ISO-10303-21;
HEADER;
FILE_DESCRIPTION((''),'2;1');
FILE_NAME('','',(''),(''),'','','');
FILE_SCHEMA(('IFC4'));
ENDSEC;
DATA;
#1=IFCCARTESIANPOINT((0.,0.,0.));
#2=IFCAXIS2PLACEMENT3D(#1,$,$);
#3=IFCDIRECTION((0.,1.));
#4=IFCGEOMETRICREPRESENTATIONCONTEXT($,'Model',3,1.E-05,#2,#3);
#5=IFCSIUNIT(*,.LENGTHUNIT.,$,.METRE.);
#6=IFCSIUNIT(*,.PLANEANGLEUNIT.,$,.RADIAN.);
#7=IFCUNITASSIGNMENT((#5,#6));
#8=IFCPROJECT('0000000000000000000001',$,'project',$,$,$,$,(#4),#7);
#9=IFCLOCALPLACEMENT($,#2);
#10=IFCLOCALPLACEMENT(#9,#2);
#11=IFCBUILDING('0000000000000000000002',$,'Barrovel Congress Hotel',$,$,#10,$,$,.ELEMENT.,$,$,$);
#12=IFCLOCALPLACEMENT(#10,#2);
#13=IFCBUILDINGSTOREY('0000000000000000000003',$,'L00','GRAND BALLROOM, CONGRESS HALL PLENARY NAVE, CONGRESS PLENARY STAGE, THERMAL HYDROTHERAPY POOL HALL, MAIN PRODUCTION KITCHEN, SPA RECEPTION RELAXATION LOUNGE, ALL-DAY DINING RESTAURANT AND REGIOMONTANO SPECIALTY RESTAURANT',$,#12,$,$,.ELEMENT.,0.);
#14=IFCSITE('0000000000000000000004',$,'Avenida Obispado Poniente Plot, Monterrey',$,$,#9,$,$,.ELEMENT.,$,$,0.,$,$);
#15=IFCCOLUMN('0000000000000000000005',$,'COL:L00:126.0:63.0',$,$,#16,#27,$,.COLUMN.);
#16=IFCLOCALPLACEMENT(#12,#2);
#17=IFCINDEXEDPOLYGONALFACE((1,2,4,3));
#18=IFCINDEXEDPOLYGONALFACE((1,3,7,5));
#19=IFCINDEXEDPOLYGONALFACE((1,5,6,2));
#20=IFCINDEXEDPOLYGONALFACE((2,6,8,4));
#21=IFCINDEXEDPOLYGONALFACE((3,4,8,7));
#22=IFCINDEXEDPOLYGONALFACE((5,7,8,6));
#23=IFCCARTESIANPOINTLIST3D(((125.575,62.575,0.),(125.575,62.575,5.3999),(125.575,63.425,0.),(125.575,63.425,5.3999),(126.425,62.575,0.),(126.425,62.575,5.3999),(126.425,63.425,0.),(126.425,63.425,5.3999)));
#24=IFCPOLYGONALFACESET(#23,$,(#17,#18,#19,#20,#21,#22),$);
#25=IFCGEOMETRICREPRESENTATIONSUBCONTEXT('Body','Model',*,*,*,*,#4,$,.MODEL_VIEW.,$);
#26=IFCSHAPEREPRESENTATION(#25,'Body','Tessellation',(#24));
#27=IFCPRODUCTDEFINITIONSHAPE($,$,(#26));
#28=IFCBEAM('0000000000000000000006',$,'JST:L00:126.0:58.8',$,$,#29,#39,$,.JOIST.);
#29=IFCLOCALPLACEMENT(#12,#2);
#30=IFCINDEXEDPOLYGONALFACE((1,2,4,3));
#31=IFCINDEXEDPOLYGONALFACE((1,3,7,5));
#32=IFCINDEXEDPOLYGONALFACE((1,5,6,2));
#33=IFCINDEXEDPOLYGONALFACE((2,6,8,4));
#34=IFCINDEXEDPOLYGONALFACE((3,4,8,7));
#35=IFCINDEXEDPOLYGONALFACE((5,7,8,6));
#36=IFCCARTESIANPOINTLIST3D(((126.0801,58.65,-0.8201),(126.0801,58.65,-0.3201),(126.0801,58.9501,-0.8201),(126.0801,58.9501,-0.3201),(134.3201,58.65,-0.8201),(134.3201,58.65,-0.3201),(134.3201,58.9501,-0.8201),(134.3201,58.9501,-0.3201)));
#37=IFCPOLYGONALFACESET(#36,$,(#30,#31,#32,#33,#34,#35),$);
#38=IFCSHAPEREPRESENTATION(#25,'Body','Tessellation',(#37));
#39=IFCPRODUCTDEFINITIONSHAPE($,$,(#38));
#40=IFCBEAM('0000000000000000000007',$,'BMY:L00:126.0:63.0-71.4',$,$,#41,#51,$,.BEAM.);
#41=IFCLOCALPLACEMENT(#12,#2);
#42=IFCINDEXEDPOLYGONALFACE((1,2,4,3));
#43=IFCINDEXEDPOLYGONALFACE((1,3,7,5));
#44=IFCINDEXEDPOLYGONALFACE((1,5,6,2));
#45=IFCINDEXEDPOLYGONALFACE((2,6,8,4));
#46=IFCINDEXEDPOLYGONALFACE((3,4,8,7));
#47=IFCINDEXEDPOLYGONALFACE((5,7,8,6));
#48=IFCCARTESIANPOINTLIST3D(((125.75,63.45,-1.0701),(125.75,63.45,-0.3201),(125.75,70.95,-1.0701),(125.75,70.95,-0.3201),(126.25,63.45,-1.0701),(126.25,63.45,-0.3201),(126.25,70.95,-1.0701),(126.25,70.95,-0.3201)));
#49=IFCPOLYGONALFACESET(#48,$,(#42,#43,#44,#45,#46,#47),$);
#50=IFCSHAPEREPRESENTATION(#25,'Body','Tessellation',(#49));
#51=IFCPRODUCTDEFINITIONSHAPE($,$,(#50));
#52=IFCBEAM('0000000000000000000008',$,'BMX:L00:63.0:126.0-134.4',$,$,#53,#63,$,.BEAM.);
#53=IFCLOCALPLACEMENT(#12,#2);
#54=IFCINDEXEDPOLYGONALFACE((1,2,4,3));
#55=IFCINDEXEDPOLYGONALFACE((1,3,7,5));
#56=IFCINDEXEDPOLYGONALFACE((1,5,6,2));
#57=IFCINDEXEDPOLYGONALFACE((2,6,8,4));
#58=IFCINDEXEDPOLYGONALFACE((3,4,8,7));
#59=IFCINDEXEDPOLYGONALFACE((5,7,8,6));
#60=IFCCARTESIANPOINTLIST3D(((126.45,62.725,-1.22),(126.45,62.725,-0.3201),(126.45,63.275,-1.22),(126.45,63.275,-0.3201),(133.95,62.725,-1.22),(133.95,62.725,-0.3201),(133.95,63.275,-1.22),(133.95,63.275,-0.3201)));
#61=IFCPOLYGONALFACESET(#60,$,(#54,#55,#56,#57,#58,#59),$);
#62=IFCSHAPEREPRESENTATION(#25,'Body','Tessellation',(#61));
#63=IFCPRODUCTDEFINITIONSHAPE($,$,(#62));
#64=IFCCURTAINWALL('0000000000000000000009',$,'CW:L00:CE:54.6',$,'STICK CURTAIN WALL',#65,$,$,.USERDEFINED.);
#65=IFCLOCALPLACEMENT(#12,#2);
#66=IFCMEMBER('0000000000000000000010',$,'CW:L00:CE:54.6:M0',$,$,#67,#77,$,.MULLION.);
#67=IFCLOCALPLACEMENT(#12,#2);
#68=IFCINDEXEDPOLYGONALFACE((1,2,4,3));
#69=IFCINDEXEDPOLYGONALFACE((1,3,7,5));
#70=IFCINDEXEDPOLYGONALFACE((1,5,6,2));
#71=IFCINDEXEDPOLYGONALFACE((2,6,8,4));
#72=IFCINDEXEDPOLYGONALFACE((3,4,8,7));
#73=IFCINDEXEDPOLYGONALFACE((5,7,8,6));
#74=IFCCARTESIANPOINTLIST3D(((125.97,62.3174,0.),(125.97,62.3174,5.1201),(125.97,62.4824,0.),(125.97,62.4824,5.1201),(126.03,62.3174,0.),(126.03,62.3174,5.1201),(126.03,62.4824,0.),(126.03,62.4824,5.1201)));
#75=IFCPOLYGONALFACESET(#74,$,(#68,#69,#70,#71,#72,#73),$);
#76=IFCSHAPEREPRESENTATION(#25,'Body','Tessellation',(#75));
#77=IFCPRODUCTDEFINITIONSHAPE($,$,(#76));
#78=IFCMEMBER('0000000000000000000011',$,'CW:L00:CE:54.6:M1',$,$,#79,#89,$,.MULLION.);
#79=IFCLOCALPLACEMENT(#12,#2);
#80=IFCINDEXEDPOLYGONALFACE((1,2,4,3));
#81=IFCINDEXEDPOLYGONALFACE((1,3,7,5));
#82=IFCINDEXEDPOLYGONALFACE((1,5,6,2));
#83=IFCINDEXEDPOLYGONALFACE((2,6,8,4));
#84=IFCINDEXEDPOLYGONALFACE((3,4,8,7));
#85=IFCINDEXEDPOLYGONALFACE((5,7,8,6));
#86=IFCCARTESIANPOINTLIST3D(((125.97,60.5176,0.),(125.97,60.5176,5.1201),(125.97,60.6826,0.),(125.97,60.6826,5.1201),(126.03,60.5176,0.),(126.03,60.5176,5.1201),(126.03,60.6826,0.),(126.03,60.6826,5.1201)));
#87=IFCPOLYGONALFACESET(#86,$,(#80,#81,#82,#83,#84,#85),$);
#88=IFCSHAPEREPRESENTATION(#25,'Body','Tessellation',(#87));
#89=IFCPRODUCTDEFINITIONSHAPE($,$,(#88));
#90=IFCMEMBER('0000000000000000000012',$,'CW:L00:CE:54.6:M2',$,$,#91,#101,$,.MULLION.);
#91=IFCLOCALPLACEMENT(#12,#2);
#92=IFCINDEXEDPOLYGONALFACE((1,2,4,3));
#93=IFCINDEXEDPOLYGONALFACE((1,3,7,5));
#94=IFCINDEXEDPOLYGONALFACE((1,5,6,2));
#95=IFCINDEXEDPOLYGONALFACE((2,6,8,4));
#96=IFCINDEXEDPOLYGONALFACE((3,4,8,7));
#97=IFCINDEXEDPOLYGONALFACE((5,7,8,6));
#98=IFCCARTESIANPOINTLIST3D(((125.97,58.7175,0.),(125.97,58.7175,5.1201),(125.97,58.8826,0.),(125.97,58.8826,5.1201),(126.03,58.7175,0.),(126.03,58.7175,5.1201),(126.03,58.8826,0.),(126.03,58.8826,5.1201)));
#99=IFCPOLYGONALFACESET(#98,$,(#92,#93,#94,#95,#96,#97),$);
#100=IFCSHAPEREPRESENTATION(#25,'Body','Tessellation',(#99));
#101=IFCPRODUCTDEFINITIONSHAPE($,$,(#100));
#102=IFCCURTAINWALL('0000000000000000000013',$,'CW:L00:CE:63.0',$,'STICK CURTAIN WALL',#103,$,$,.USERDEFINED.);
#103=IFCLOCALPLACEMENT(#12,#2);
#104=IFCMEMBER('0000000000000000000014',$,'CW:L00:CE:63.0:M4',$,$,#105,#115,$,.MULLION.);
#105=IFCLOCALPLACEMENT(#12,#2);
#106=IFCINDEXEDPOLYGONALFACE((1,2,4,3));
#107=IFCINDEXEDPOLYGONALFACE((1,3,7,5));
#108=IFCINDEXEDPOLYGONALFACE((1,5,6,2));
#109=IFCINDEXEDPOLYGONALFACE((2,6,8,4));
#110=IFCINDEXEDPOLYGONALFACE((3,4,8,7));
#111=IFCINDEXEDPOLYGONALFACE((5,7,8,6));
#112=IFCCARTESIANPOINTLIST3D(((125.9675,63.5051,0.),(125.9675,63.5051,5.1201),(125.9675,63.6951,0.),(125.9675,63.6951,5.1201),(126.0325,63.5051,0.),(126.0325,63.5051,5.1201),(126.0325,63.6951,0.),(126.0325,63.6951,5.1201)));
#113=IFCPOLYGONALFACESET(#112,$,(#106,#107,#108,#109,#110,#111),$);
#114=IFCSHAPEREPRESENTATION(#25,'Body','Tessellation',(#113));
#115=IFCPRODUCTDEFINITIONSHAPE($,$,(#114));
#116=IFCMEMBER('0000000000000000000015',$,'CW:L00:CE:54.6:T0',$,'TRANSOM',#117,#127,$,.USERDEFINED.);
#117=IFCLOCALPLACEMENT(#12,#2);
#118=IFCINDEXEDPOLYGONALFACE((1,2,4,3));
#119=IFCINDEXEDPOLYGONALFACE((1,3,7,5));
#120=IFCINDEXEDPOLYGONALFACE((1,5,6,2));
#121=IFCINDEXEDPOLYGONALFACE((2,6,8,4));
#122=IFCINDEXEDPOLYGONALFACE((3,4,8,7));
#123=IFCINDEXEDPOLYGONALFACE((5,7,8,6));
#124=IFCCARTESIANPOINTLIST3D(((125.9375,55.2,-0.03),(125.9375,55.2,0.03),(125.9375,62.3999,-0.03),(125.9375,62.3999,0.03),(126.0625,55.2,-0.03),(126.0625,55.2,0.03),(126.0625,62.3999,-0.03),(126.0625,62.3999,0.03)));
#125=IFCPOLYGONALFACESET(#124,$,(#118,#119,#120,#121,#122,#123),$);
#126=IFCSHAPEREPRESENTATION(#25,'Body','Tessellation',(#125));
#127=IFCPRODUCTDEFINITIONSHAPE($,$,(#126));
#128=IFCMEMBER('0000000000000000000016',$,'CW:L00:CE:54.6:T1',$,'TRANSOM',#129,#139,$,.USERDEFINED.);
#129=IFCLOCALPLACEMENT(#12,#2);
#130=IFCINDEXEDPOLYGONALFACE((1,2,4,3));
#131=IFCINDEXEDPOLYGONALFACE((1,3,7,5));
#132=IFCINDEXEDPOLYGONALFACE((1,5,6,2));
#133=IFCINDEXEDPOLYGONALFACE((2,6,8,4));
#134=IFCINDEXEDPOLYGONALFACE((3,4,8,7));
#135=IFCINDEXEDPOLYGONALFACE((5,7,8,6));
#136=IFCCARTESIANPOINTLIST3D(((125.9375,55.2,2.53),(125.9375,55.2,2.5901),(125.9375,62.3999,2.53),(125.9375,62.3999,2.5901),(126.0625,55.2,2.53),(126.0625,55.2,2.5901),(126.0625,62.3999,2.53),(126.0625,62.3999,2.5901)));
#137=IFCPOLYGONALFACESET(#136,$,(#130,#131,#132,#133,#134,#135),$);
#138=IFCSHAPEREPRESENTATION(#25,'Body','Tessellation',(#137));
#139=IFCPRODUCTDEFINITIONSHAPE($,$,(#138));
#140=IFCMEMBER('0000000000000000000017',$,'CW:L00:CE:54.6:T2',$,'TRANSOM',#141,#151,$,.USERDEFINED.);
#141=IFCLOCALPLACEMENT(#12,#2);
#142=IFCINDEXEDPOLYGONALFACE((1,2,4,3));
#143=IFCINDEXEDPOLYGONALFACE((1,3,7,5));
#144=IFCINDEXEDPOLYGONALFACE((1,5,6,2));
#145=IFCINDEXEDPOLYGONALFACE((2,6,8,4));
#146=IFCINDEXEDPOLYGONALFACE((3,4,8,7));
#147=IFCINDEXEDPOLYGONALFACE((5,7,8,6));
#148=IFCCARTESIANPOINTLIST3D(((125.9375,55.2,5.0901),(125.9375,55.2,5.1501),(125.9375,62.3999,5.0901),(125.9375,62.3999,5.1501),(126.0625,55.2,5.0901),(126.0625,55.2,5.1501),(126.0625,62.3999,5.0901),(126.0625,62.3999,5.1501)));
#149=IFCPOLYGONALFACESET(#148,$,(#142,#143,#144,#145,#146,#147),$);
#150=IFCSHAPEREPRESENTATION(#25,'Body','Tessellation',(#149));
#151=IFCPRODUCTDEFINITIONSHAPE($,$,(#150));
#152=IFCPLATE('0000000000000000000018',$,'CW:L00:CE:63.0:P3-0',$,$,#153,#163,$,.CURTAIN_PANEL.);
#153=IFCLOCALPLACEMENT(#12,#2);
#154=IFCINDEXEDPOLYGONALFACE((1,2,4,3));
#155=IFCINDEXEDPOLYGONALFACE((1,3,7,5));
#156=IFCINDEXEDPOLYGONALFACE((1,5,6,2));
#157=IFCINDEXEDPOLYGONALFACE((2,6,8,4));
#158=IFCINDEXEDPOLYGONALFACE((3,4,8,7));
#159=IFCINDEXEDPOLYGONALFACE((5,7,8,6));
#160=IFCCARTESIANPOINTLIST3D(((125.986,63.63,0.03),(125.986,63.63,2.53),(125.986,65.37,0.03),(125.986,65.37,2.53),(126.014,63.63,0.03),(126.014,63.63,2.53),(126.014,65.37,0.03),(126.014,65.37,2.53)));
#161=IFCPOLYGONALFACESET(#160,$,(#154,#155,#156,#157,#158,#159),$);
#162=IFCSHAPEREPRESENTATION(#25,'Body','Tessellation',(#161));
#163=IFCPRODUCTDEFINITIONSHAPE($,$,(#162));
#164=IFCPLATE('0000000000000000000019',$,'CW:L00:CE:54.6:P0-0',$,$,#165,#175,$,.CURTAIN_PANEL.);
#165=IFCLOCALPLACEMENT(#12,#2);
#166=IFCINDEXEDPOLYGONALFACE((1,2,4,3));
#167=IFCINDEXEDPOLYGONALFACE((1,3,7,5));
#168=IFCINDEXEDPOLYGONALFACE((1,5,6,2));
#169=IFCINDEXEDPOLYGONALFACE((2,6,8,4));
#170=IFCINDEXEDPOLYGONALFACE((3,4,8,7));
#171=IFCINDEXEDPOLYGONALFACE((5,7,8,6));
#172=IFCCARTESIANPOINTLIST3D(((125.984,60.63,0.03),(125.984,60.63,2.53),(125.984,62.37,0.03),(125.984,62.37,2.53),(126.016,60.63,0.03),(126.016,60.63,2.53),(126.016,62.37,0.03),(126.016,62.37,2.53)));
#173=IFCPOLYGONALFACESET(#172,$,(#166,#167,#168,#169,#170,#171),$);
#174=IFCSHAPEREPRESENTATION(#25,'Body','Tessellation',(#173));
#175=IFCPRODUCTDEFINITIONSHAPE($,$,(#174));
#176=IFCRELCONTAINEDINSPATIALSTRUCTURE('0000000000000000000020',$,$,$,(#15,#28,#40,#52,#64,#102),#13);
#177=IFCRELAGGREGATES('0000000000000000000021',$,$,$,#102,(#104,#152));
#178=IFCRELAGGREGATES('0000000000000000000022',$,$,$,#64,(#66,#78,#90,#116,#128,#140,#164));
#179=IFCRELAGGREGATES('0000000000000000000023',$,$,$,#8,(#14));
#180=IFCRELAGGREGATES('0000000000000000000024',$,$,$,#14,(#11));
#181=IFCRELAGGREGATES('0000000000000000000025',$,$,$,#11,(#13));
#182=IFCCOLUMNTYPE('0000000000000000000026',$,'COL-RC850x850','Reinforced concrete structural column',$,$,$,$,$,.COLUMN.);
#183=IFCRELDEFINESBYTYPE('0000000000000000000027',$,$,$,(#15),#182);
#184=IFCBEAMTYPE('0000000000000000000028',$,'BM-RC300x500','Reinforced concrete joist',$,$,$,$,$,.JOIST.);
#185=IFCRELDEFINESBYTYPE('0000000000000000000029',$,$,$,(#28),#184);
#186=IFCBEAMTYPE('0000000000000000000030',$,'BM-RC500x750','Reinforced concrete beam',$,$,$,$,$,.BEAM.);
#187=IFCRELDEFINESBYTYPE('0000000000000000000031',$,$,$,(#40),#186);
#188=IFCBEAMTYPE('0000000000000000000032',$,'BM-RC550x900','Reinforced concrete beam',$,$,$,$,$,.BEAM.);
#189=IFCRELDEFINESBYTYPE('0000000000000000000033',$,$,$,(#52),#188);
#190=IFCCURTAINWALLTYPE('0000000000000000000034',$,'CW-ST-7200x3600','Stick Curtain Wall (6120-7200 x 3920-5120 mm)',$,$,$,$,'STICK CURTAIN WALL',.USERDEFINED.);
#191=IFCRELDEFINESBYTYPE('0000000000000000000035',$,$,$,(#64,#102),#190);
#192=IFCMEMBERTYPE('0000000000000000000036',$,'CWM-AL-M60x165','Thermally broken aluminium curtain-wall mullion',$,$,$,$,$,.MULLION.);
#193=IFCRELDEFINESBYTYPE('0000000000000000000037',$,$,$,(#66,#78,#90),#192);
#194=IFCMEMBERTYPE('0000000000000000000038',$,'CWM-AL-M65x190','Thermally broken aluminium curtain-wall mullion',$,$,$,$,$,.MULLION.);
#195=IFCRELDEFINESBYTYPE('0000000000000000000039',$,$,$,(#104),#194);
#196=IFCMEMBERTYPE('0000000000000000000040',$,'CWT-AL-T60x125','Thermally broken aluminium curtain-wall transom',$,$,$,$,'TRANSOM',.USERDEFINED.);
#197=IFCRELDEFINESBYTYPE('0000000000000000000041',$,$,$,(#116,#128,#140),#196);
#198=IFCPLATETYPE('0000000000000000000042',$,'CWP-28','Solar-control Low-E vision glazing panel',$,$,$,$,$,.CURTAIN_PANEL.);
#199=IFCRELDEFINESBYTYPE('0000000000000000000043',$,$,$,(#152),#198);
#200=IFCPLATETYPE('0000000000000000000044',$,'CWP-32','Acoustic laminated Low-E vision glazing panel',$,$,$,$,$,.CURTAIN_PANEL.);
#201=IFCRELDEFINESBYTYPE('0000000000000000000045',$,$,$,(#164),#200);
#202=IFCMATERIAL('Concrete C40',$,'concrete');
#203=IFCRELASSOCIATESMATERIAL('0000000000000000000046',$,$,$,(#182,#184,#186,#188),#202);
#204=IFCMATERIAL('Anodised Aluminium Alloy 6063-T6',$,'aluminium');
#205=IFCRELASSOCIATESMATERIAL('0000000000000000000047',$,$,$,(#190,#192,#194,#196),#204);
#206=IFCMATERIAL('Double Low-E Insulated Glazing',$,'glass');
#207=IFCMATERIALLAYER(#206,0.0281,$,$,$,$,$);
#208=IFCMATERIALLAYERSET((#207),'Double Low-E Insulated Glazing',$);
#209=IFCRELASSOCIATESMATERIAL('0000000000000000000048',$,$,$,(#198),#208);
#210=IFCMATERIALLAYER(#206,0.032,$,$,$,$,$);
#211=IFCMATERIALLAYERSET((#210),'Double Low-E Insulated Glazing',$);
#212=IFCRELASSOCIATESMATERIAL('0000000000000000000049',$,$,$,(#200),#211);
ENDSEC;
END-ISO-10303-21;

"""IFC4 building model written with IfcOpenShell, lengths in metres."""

from ifc_helpers import new_model, si_unit, direction, frame, origin, origin_2d, place, context, subcontext, project, spatial, rectangle, extrude, material, layer, layer_set, material_profile, profile_set, type_object, element, aggregate, save


model = new_model("IFC4")

# Units and contexts
model_context = context("Model", 3, precision=1e-05, world=origin(), true_north=direction((0.0, 1.0)))
body_context = subcontext(model_context, "Body", "Model", "MODEL_VIEW")
ifc_project = project(units=[si_unit("LENGTHUNIT", "METRE"), si_unit("PLANEANGLEUNIT", "RADIAN")], contexts=[model_context])

# Site, building, storey
site_placement = place(None, origin())
site = spatial("IfcSite", under=ifc_project, at=site_placement, Name="Avenida Obispado Poniente Plot, Monterrey", CompositionType="ELEMENT", RefElevation=0.0)
building_placement = place(site_placement, origin())
building = spatial("IfcBuilding", under=site, at=building_placement, Name="Barrovel Congress Hotel", CompositionType="ELEMENT")
storey_placement = place(building_placement, origin())
storey = spatial("IfcBuildingStorey", under=building, at=storey_placement, Name="L00", Description="GRAND BALLROOM, CONGRESS HALL PLENARY NAVE, CONGRESS PLENARY STAGE, THERMAL HYDROTHERAPY POOL HALL, MAIN PRODUCTION KITCHEN, SPA RECEPTION RELAXATION LOUNGE, ALL-DAY DINING RESTAURANT AND REGIOMONTANO SPECIALTY RESTAURANT", CompositionType="ELEMENT", Elevation=0.0)

# Column
ifc_material_1 = material(Name="Concrete C40", Category="concrete")
ifc_material_profile_1 = material_profile(ifc_material_1, rectangle(XDim=0.8501, YDim=0.8501, at=origin_2d()), Name="RC850x850")
ifc_profile_set_1 = profile_set([ifc_material_profile_1], Name="Concrete C40")
column_type = type_object("IfcColumnType", Name="COL-RC850x850", Description="Reinforced concrete structural column", PredefinedType="COLUMN", material=ifc_profile_set_1)
column_placement = place(storey_placement, frame((126.0, 63.0, 0.0), z_axis=(0.0, 0.0, 1.0), x_axis=(1.0, 0.0, 0.0)))
element("IfcColumn", 1, at=column_placement, inside=storey, type_object=column_type, Name="COL:L00:126.0:63.0", PredefinedType="COLUMN", context=body_context, shape_type="SweptSolid", body=[
    extrude(rectangle(XDim=0.8501, YDim=0.8501, at=origin_2d()), origin(), (0.0, 0.0, 1.0), 5.3999),
])

# Beams
ifc_material_profile_2 = material_profile(ifc_material_1, rectangle(XDim=0.3, YDim=0.5, at=origin_2d()), Name="RC300x500")
ifc_profile_set_2 = profile_set([ifc_material_profile_2], Name="Concrete C40")
beam_type_1 = type_object("IfcBeamType", Name="BM-RC300x500", Description="Reinforced concrete joist", PredefinedType="JOIST", material=ifc_profile_set_2)
beam_1_placement = place(storey_placement, frame((126.0801, 58.8, -0.5701), z_axis=(1.0, 0.0, 0.0), x_axis=(0.0, 1.0, 0.0)))
element("IfcBeam", 2, at=beam_1_placement, inside=storey, type_object=beam_type_1, Name="JST:L00:126.0:58.8", PredefinedType="JOIST", context=body_context, shape_type="SweptSolid", body=[
    extrude(rectangle(XDim=0.3, YDim=0.5, at=origin_2d()), origin(), (0.0, 0.0, 1.0), 8.24),
])
ifc_material_profile_3 = material_profile(ifc_material_1, rectangle(XDim=0.5, YDim=0.75, at=origin_2d()), Name="RC500x750")
ifc_profile_set_3 = profile_set([ifc_material_profile_3], Name="Concrete C40")
beam_type_2 = type_object("IfcBeamType", Name="BM-RC500x750", Description="Reinforced concrete beam", PredefinedType="BEAM", material=ifc_profile_set_3)
beam_2_placement = place(storey_placement, frame((126.0, 63.45, -0.6951), z_axis=(0.0, 1.0, 0.0), x_axis=(-1.0, 0.0, 0.0)))
element("IfcBeam", 3, at=beam_2_placement, inside=storey, type_object=beam_type_2, Name="BMY:L00:126.0:63.0-71.4", PredefinedType="BEAM", context=body_context, shape_type="SweptSolid", body=[
    extrude(rectangle(XDim=0.5, YDim=0.75, at=origin_2d()), origin(), (0.0, 0.0, 1.0), 7.5),
])
ifc_material_profile_4 = material_profile(ifc_material_1, rectangle(XDim=0.55, YDim=0.8999, at=origin_2d()), Name="RC550x900")
ifc_profile_set_4 = profile_set([ifc_material_profile_4], Name="Concrete C40")
beam_type_3 = type_object("IfcBeamType", Name="BM-RC550x900", Description="Reinforced concrete beam", PredefinedType="BEAM", material=ifc_profile_set_4)
beam_3_placement = place(storey_placement, frame((126.45, 63.0, -0.77), z_axis=(1.0, 0.0, 0.0), x_axis=(0.0, 1.0, 0.0)))
element("IfcBeam", 4, at=beam_3_placement, inside=storey, type_object=beam_type_3, Name="BMX:L00:63.0:126.0-134.4", PredefinedType="BEAM", context=body_context, shape_type="SweptSolid", body=[
    extrude(rectangle(XDim=0.55, YDim=0.8999, at=origin_2d()), origin(), (0.0, 0.0, 1.0), 7.5),
])

# Curtain wall, members
ifc_material_2 = material(Name="Anodised Aluminium Alloy 6063-T6", Category="aluminium")
curtain_wall_type = type_object("IfcCurtainWallType", Name="CW-ST-7200x3600", Description="Stick Curtain Wall (6120-7200 x 3920-5120 mm)", ElementType="STICK CURTAIN WALL", PredefinedType="USERDEFINED", material=ifc_material_2)
curtain_wall_1_placement = place(storey_placement, origin())
curtain_wall_1 = element("IfcCurtainWall", 5, at=curtain_wall_1_placement, inside=storey, type_object=curtain_wall_type, Name="CW:L00:CE:54.6", ObjectType="STICK CURTAIN WALL", PredefinedType="USERDEFINED")
ifc_material_profile_5 = material_profile(ifc_material_2, rectangle(XDim=0.0601, YDim=0.165, at=origin_2d()), Name="AL-M60x165")
ifc_profile_set_5 = profile_set([ifc_material_profile_5], Name="Anodised Aluminium Alloy 6063-T6")
member_type_1 = type_object("IfcMemberType", Name="CWM-AL-M60x165", Description="Thermally broken aluminium curtain-wall mullion", PredefinedType="MULLION", material=ifc_profile_set_5)
member_1_placement = place(storey_placement, frame((126.0, 62.3999, 0.0), z_axis=(0.0, 0.0, 1.0), x_axis=(1.0, 0.0, 0.0)))
member_1 = element("IfcMember", 6, at=member_1_placement, type_object=member_type_1, Name="CW:L00:CE:54.6:M0", PredefinedType="MULLION", context=body_context, shape_type="SweptSolid", body=[
    extrude(rectangle(XDim=0.0601, YDim=0.165, at=origin_2d()), origin(), (0.0, 0.0, 1.0), 5.1201),
])
member_2_placement = place(storey_placement, frame((126.0, 60.6001, 0.0), z_axis=(0.0, 0.0, 1.0), x_axis=(1.0, 0.0, 0.0)))
member_2 = element("IfcMember", 7, at=member_2_placement, type_object=member_type_1, Name="CW:L00:CE:54.6:M1", PredefinedType="MULLION", context=body_context, shape_type="SweptSolid", body=[
    extrude(rectangle(XDim=0.0601, YDim=0.165, at=origin_2d()), origin(), (0.0, 0.0, 1.0), 5.1201),
])
member_3_placement = place(storey_placement, frame((126.0, 58.8, 0.0), z_axis=(0.0, 0.0, 1.0), x_axis=(1.0, 0.0, 0.0)))
member_3 = element("IfcMember", 8, at=member_3_placement, type_object=member_type_1, Name="CW:L00:CE:54.6:M2", PredefinedType="MULLION", context=body_context, shape_type="SweptSolid", body=[
    extrude(rectangle(XDim=0.0601, YDim=0.165, at=origin_2d()), origin(), (0.0, 0.0, 1.0), 5.1201),
])

# Curtain wall, member
curtain_wall_2_placement = place(storey_placement, origin())
curtain_wall_2 = element("IfcCurtainWall", 9, at=curtain_wall_2_placement, inside=storey, type_object=curtain_wall_type, Name="CW:L00:CE:63.0", ObjectType="STICK CURTAIN WALL", PredefinedType="USERDEFINED")
ifc_material_profile_6 = material_profile(ifc_material_2, rectangle(XDim=0.0649, YDim=0.1899, at=origin_2d()), Name="AL-M65x190")
ifc_profile_set_6 = profile_set([ifc_material_profile_6], Name="Anodised Aluminium Alloy 6063-T6")
member_type_2 = type_object("IfcMemberType", Name="CWM-AL-M65x190", Description="Thermally broken aluminium curtain-wall mullion", PredefinedType="MULLION", material=ifc_profile_set_6)
member_4_placement = place(storey_placement, frame((126.0, 63.6001, 0.0), z_axis=(0.0, 0.0, 1.0), x_axis=(1.0, 0.0, 0.0)))
member_4 = element("IfcMember", 10, at=member_4_placement, type_object=member_type_2, Name="CW:L00:CE:63.0:M4", PredefinedType="MULLION", context=body_context, shape_type="SweptSolid", body=[
    extrude(rectangle(XDim=0.0649, YDim=0.1899, at=origin_2d()), origin(), (0.0, 0.0, 1.0), 5.1201),
])

# Members
ifc_material_profile_7 = material_profile(ifc_material_2, rectangle(XDim=0.125, YDim=0.0601, at=origin_2d()), Name="AL-T60x125")
ifc_profile_set_7 = profile_set([ifc_material_profile_7], Name="Anodised Aluminium Alloy 6063-T6")
member_type_3 = type_object("IfcMemberType", Name="CWT-AL-T60x125", Description="Thermally broken aluminium curtain-wall transom", ElementType="TRANSOM", PredefinedType="USERDEFINED", material=ifc_profile_set_7)
member_5_placement = place(storey_placement, frame((126.0, 62.3999, 0.0), z_axis=(0.0, -1.0, 0.0), x_axis=(1.0, 0.0, 0.0)))
member_5 = element("IfcMember", 11, at=member_5_placement, type_object=member_type_3, Name="CW:L00:CE:54.6:T0", ObjectType="TRANSOM", PredefinedType="USERDEFINED", context=body_context, shape_type="SweptSolid", body=[
    extrude(rectangle(XDim=0.125, YDim=0.0601, at=origin_2d()), origin(), (0.0, 0.0, 1.0), 7.2),
])
member_6_placement = place(storey_placement, frame((126.0, 62.3999, 2.5601), z_axis=(0.0, -1.0, 0.0), x_axis=(1.0, 0.0, 0.0)))
member_6 = element("IfcMember", 12, at=member_6_placement, type_object=member_type_3, Name="CW:L00:CE:54.6:T1", ObjectType="TRANSOM", PredefinedType="USERDEFINED", context=body_context, shape_type="SweptSolid", body=[
    extrude(rectangle(XDim=0.125, YDim=0.0601, at=origin_2d()), origin(), (0.0, 0.0, 1.0), 7.2),
])
member_7_placement = place(storey_placement, frame((126.0, 62.3999, 5.1201), z_axis=(0.0, -1.0, 0.0), x_axis=(1.0, 0.0, 0.0)))
member_7 = element("IfcMember", 13, at=member_7_placement, type_object=member_type_3, Name="CW:L00:CE:54.6:T2", ObjectType="TRANSOM", PredefinedType="USERDEFINED", context=body_context, shape_type="SweptSolid", body=[
    extrude(rectangle(XDim=0.125, YDim=0.0601, at=origin_2d()), origin(), (0.0, 0.0, 1.0), 7.2),
])

# Plates
ifc_material_3 = material(Name="Double Low-E Insulated Glazing", Category="glass")
ifc_layer_1 = layer(ifc_material_3, 0.0281)
ifc_layer_set_1 = layer_set([ifc_layer_1], Name="Double Low-E Insulated Glazing")
plate_type_1 = type_object("IfcPlateType", Name="CWP-28", Description="Solar-control Low-E vision glazing panel", PredefinedType="CURTAIN_PANEL", material=ifc_layer_set_1)
plate_1_placement = place(storey_placement, frame((126.0, 64.5, 0.03), z_axis=(0.0, 0.0, 1.0), x_axis=(0.0, -1.0, 0.0)))
plate_1 = element("IfcPlate", 14, at=plate_1_placement, type_object=plate_type_1, Name="CW:L00:CE:63.0:P3-0", PredefinedType="CURTAIN_PANEL", context=body_context, shape_type="SweptSolid", body=[
    extrude(rectangle(XDim=1.74, YDim=0.0281, at=origin_2d()), origin(), (0.0, 0.0, 1.0), 2.5),
])
aggregate(curtain_wall_2, [member_4, plate_1])
ifc_layer_2 = layer(ifc_material_3, 0.032)
ifc_layer_set_2 = layer_set([ifc_layer_2], Name="Double Low-E Insulated Glazing")
plate_type_2 = type_object("IfcPlateType", Name="CWP-32", Description="Acoustic laminated Low-E vision glazing panel", PredefinedType="CURTAIN_PANEL", material=ifc_layer_set_2)
plate_2_placement = place(storey_placement, frame((126.0, 61.5, 0.03), z_axis=(0.0, 0.0, 1.0), x_axis=(0.0, -1.0, 0.0)))
plate_2 = element("IfcPlate", 15, at=plate_2_placement, type_object=plate_type_2, Name="CW:L00:CE:54.6:P0-0", PredefinedType="CURTAIN_PANEL", context=body_context, shape_type="SweptSolid", body=[
    extrude(rectangle(XDim=1.74, YDim=0.032, at=origin_2d()), origin(), (0.0, 0.0, 1.0), 2.5),
])
aggregate(curtain_wall_1, [member_1, member_2, member_3, member_5, member_6, member_7, plate_2])

save(model, "model.ifc")
